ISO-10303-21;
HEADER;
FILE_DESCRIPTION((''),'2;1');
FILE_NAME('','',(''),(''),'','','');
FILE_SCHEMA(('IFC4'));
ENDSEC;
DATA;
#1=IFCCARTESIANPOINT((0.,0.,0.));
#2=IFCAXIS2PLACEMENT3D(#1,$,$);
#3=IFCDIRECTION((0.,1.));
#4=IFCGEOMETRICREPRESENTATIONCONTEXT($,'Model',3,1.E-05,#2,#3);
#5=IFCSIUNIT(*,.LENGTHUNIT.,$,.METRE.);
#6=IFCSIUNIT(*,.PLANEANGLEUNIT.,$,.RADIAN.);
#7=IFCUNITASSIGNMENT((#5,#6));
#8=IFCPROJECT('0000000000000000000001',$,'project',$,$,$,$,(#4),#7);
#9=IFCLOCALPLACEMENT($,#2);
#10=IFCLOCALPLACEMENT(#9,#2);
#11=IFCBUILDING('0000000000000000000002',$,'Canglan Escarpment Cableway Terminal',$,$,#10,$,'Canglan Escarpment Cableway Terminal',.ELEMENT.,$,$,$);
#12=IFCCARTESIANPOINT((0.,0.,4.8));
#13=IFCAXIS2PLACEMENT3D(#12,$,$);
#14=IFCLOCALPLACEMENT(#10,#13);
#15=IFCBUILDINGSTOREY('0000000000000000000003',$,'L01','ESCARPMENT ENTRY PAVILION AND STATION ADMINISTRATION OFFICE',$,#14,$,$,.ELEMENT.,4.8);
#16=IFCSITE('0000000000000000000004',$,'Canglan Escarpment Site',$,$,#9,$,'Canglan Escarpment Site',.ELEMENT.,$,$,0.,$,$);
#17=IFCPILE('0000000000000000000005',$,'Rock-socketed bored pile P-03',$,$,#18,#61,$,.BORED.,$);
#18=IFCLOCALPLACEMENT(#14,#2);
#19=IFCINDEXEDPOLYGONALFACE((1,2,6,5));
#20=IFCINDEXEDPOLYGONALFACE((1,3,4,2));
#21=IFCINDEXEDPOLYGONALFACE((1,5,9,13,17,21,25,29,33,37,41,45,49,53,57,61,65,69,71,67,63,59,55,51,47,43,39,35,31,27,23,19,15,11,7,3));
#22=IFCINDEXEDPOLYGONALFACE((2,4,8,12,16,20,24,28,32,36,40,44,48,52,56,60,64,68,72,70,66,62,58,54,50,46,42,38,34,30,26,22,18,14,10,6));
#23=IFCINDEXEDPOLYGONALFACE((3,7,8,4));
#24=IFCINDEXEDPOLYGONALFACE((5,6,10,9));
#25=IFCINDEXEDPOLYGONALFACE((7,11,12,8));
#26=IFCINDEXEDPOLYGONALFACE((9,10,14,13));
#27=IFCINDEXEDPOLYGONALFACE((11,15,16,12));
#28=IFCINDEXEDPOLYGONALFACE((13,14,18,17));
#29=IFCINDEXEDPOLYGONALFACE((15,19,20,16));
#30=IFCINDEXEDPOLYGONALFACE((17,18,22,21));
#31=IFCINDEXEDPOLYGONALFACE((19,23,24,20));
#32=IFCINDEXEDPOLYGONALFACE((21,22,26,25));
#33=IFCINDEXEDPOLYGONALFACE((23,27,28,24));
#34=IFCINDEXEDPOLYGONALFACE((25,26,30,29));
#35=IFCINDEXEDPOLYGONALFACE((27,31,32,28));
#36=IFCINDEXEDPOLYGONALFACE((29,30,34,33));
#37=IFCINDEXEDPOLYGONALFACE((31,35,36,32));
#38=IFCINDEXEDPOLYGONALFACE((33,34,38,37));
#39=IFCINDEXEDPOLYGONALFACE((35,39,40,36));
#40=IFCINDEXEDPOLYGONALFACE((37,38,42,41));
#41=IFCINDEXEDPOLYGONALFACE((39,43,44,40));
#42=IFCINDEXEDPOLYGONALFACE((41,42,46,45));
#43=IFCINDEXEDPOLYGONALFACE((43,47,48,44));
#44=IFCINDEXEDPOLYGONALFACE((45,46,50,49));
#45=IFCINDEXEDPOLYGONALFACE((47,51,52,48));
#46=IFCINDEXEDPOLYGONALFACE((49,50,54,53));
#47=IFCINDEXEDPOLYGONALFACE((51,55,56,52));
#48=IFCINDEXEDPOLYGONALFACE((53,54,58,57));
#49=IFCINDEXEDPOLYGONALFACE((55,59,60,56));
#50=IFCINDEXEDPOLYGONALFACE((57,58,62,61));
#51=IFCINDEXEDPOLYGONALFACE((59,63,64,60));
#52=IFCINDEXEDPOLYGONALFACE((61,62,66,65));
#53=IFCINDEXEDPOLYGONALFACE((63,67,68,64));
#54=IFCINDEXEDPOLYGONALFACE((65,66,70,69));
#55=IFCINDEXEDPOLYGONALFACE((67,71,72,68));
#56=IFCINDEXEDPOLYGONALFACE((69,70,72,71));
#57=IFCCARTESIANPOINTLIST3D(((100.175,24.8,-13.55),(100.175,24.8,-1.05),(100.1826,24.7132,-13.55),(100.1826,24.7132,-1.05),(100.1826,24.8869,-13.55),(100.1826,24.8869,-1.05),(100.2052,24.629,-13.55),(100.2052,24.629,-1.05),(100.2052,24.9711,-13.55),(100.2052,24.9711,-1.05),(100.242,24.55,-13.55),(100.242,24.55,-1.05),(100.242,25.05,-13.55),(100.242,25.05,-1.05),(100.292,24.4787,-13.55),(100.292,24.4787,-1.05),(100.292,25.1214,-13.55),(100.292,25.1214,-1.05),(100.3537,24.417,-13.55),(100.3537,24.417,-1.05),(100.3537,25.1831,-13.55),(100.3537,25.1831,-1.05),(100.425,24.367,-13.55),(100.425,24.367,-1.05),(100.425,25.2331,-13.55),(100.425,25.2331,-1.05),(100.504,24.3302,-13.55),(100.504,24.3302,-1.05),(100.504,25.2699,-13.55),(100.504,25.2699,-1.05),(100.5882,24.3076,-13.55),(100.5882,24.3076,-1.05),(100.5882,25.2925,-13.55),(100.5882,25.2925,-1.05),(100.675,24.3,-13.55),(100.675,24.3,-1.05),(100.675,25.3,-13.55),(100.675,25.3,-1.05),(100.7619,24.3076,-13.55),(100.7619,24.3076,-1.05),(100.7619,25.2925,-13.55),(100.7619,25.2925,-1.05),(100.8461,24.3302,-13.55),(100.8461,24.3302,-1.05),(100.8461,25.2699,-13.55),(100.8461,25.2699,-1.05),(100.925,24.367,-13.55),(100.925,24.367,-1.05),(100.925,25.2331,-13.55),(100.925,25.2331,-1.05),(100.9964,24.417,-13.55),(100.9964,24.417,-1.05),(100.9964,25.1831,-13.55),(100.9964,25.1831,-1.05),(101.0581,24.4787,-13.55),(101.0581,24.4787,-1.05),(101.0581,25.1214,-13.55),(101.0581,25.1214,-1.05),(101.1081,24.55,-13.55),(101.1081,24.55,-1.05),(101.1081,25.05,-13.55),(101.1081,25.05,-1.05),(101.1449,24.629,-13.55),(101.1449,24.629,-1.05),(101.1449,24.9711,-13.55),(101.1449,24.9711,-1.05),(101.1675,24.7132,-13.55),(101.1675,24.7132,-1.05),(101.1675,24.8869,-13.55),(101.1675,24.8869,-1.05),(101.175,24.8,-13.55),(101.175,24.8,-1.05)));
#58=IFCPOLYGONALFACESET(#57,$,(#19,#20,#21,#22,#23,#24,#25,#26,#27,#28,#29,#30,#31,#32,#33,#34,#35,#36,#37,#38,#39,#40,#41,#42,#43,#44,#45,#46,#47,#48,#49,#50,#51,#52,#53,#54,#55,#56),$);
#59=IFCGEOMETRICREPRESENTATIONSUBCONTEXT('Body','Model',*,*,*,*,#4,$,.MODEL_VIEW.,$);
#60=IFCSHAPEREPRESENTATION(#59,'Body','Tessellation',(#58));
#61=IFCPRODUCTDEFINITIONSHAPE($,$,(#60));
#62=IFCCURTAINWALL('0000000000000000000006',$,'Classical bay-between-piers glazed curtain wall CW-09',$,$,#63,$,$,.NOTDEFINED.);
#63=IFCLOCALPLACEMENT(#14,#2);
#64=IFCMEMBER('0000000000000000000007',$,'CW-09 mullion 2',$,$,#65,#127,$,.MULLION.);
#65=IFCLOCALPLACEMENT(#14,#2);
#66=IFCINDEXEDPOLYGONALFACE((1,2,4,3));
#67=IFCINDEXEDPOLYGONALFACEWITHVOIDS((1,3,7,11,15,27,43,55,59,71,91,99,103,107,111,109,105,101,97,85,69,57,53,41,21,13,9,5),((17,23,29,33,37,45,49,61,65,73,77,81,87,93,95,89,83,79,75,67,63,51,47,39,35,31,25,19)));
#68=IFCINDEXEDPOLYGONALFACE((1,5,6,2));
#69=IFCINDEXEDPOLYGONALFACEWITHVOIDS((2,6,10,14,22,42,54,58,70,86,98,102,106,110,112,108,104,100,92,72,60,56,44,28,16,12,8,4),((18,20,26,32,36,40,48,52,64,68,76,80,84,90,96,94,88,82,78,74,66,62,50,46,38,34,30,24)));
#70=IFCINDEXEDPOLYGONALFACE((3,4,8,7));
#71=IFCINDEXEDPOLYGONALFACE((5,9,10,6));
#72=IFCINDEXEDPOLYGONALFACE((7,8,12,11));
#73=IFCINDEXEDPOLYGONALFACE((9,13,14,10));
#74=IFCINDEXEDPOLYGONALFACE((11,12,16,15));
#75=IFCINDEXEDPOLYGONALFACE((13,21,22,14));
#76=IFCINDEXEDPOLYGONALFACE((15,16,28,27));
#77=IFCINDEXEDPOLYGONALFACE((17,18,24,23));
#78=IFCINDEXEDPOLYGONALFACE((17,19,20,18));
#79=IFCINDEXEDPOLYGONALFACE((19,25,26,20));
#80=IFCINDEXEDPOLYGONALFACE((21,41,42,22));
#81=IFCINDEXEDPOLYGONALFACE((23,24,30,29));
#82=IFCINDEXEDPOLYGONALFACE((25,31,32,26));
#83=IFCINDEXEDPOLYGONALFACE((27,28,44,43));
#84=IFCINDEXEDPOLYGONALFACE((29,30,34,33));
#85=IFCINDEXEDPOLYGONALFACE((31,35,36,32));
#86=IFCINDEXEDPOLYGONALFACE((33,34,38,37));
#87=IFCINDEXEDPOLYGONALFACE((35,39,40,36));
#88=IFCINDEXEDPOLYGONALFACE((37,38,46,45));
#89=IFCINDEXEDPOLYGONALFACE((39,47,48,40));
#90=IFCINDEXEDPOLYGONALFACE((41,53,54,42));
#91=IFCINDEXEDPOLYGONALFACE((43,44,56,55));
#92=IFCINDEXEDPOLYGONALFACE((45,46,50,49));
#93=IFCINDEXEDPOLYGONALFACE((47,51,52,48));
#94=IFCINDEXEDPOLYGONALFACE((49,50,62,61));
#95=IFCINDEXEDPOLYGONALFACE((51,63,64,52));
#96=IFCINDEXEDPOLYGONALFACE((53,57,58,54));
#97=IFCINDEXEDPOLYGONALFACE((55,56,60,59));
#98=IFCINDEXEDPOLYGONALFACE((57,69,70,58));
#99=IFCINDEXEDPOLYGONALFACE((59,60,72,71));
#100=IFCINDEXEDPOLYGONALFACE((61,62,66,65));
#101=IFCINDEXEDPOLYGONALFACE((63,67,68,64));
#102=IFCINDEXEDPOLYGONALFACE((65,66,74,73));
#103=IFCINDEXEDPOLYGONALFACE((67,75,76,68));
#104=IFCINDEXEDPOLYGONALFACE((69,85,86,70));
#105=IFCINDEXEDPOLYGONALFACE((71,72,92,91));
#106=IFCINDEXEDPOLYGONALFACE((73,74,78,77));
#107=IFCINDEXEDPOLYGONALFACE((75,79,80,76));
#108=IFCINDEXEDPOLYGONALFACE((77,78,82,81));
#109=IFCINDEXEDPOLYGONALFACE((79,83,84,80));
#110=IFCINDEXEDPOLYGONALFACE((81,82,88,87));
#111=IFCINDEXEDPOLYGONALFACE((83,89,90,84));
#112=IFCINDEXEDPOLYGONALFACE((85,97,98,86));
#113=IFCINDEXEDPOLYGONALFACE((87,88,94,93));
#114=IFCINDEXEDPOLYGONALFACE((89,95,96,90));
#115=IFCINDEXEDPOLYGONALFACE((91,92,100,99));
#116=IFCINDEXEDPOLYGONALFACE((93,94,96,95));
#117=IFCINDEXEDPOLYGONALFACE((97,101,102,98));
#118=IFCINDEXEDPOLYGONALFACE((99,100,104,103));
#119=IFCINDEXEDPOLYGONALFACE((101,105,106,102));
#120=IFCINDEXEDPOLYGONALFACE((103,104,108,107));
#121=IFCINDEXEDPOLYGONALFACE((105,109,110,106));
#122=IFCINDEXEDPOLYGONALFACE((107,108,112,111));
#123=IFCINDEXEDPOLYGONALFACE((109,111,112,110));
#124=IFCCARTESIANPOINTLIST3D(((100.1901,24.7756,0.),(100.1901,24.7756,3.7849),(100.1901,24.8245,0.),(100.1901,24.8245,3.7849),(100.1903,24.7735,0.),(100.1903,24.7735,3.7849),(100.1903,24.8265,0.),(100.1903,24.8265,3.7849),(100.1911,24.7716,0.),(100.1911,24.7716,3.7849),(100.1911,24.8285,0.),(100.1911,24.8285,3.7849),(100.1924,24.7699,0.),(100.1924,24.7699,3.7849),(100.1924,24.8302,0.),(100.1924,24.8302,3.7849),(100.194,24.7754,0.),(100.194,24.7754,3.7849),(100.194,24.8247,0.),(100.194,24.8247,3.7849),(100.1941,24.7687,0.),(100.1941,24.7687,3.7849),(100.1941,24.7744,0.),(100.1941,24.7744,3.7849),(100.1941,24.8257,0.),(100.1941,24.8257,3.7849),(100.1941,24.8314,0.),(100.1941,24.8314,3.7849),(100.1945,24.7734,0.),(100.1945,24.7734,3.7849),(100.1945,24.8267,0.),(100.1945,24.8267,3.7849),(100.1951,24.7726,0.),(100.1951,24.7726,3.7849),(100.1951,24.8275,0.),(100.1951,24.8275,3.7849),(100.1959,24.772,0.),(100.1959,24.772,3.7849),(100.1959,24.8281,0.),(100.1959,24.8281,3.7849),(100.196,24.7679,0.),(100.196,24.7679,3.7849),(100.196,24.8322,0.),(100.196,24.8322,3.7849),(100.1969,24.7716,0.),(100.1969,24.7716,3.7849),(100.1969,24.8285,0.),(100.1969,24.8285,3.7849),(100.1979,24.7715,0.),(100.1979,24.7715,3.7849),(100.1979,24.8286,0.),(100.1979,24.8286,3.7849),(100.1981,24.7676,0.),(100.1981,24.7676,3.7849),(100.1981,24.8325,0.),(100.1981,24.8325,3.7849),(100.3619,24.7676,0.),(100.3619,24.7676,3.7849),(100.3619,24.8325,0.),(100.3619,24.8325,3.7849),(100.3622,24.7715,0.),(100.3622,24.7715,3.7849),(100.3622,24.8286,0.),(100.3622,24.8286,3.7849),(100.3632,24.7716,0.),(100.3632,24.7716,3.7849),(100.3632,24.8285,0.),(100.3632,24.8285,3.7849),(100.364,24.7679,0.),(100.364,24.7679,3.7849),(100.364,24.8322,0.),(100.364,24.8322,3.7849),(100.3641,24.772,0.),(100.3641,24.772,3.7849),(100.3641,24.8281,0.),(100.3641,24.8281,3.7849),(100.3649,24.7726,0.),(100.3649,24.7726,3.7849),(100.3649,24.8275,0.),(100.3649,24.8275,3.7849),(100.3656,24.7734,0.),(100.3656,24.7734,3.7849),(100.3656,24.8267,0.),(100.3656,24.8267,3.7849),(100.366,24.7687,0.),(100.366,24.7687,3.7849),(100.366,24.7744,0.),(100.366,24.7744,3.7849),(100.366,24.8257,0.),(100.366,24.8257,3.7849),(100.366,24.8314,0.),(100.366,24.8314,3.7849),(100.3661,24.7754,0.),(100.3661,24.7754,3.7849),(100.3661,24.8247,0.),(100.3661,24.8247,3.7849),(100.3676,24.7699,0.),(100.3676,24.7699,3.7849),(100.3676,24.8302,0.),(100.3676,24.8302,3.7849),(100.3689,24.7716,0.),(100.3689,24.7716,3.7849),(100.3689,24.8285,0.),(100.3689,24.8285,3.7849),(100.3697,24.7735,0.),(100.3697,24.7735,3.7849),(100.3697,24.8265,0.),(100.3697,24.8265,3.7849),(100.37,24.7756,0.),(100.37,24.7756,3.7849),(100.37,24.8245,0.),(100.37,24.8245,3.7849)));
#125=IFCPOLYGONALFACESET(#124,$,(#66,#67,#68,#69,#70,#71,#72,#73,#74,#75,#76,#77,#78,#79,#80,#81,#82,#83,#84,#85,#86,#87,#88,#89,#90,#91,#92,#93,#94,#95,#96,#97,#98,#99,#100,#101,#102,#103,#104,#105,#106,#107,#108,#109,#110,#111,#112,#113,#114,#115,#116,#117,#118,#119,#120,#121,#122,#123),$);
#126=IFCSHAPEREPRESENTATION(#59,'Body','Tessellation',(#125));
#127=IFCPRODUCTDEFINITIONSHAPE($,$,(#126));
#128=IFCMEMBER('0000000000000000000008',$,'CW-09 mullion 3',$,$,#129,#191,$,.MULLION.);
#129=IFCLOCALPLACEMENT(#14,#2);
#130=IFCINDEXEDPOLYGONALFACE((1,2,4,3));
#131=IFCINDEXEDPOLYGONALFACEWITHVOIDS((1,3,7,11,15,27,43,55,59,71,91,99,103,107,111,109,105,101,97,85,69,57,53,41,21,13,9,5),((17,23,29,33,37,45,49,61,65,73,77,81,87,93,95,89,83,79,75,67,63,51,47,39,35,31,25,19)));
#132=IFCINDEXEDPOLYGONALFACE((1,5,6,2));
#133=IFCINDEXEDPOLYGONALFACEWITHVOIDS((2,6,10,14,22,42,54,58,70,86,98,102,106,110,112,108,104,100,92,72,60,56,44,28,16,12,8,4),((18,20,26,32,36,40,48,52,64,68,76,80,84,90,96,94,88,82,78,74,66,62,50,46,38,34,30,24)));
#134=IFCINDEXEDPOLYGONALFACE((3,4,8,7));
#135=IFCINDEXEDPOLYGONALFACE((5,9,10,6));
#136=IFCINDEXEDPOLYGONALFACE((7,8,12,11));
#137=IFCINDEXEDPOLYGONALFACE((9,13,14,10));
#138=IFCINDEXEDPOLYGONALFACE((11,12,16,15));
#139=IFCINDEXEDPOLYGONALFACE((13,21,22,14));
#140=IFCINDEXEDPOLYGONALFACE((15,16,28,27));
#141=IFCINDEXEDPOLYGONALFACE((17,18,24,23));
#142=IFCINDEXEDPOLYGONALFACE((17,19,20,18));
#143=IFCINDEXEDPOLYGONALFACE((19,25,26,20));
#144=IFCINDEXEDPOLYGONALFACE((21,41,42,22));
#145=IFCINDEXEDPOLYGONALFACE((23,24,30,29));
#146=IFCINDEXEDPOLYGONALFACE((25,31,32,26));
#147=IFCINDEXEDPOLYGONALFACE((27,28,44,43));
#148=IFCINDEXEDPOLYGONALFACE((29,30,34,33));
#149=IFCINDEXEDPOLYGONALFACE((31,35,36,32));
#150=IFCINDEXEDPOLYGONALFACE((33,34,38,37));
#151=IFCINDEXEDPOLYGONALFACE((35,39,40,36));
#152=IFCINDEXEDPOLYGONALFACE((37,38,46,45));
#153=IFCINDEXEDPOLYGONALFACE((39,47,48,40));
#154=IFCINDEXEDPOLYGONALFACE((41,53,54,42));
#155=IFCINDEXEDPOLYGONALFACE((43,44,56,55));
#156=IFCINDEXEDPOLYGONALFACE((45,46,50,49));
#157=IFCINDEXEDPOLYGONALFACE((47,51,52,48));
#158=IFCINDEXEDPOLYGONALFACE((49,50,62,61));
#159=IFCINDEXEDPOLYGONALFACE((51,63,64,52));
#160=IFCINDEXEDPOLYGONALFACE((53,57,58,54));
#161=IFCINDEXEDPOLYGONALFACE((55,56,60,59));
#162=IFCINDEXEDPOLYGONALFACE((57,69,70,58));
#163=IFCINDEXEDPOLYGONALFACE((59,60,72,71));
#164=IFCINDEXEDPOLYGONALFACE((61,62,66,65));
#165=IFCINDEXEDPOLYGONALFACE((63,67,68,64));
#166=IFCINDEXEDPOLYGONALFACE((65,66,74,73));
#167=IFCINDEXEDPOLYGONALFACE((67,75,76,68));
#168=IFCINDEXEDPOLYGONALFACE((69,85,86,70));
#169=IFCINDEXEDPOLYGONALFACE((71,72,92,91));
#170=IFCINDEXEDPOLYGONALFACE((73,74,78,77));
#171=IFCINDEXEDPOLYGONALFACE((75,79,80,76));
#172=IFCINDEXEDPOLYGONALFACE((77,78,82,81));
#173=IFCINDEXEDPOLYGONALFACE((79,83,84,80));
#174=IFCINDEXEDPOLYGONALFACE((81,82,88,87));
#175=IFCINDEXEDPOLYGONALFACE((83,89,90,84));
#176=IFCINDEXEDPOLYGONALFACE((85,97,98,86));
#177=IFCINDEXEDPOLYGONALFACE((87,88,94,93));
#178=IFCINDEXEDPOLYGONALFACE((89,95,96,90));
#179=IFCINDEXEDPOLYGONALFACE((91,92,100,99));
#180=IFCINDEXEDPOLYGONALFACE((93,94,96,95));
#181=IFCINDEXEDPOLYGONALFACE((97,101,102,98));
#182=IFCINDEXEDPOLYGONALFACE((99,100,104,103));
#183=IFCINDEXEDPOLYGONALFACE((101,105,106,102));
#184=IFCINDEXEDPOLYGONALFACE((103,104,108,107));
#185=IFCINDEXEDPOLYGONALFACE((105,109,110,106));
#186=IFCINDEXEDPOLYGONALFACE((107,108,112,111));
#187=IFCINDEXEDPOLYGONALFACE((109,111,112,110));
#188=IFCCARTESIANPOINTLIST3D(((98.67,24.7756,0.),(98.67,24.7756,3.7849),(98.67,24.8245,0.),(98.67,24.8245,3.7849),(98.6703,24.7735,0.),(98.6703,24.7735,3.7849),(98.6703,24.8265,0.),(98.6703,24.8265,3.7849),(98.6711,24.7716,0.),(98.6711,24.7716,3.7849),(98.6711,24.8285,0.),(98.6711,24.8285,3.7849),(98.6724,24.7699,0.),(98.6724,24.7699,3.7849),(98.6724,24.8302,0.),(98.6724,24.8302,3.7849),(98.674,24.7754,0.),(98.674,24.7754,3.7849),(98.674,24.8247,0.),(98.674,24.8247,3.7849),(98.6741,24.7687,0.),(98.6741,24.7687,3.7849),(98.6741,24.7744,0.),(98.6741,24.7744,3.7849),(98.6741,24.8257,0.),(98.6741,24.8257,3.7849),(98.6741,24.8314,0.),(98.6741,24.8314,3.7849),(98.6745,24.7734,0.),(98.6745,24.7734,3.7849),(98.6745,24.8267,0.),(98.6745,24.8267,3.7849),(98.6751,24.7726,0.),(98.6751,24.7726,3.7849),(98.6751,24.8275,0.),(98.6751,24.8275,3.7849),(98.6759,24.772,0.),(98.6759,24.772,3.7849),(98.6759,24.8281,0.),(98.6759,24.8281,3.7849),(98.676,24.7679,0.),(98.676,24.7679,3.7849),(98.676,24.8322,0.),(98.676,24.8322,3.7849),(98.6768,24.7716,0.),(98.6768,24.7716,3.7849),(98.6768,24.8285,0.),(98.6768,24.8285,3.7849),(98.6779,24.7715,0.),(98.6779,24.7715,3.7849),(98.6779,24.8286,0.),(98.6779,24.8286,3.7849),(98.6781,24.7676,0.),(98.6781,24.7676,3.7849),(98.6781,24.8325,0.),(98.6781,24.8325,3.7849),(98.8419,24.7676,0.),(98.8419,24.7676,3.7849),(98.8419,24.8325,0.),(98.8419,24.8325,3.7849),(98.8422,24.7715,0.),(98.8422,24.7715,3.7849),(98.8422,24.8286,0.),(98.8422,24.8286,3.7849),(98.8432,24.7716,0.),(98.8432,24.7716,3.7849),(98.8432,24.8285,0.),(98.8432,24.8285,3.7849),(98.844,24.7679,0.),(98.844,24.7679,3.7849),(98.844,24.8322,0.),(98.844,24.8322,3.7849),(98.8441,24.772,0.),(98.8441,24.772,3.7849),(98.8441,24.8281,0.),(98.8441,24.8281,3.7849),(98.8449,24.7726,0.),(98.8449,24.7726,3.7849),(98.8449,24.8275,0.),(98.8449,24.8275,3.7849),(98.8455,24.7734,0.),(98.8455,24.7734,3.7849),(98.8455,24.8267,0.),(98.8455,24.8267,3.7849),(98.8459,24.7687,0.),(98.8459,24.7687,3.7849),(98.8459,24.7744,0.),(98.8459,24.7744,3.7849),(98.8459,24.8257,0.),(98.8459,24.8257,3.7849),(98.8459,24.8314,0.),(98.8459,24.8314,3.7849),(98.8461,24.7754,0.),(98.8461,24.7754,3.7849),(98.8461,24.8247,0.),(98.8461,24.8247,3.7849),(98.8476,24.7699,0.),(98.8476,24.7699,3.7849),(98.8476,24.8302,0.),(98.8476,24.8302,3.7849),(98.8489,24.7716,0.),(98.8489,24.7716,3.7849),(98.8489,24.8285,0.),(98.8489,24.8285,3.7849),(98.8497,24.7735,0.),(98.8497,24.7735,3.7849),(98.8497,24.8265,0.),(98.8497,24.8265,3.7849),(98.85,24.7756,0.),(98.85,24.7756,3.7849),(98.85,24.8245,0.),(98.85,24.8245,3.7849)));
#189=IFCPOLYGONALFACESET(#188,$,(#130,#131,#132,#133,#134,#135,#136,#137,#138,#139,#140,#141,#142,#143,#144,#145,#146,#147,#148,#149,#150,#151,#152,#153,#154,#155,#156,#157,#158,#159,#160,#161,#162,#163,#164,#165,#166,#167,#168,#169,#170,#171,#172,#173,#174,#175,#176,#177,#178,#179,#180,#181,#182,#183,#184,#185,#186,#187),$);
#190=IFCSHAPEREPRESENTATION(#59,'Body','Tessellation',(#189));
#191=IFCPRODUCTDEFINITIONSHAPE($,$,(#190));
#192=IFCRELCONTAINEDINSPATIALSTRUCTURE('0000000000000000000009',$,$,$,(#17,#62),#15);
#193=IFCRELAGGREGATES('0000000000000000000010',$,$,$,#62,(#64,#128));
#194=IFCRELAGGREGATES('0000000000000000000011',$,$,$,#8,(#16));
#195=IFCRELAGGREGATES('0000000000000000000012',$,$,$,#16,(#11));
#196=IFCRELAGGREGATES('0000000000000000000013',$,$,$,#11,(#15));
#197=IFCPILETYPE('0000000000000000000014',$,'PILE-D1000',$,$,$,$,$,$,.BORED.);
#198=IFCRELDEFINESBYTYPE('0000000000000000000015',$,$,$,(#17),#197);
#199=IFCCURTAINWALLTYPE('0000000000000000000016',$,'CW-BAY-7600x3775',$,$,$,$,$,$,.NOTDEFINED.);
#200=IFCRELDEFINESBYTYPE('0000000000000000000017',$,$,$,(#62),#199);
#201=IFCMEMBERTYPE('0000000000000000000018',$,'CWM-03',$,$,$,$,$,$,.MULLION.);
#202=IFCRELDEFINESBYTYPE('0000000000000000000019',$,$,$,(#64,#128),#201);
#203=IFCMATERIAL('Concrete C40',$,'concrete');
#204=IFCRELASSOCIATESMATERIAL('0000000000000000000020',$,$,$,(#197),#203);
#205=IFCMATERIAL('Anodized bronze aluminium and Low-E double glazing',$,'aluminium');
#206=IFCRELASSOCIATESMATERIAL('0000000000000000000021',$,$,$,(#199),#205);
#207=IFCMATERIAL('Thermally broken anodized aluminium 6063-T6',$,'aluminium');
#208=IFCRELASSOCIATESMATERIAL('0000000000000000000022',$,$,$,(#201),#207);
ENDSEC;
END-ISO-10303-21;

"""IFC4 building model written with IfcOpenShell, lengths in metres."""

from ifc_helpers import new_model, si_unit, direction, frame, origin, origin_2d, place, context, subcontext, project, spatial, hollow_rectangle, circle, extrude, material, material_profile, profile_set, type_object, element, aggregate, save


model = new_model("IFC4")

# Units and contexts
model_context = context("Model", 3, precision=1e-05, world=origin(), true_north=direction((0.0, 1.0)))
body_context = subcontext(model_context, "Body", "Model", "MODEL_VIEW")
ifc_project = project(units=[si_unit("LENGTHUNIT", "METRE"), si_unit("PLANEANGLEUNIT", "RADIAN")], contexts=[model_context])

# Site, building, storey
site_placement = place(None, origin())
site = spatial("IfcSite", under=ifc_project, at=site_placement, Name="Canglan Escarpment Site", LongName="Canglan Escarpment Site", CompositionType="ELEMENT", RefElevation=0.0)
building_placement = place(site_placement, origin())
building = spatial("IfcBuilding", under=site, at=building_placement, Name="Canglan Escarpment Cableway Terminal", LongName="Canglan Escarpment Cableway Terminal", CompositionType="ELEMENT")
storey_placement = place(building_placement, frame((0.0, 0.0, 4.8)))
storey = spatial("IfcBuildingStorey", under=building, at=storey_placement, Name="L01", Description="ESCARPMENT ENTRY PAVILION AND STATION ADMINISTRATION OFFICE", CompositionType="ELEMENT", Elevation=4.8)

# Pile
ifc_material_1 = material(Name="Concrete C40", Category="concrete")
ifc_material_profile_1 = material_profile(ifc_material_1, circle(Radius=0.5, at=origin_2d()), Name="BORED PILE D1000")
ifc_profile_set_1 = profile_set([ifc_material_profile_1], Name="Concrete C40")
pile_type = type_object("IfcPileType", Name="PILE-D1000", PredefinedType="BORED", material=ifc_profile_set_1)
pile_placement = place(storey_placement, frame((100.675, 24.8, -1.05), z_axis=(0.0, 0.0, -1.0), x_axis=(1.0, 0.0, 0.0)))
element("IfcPile", 1, at=pile_placement, inside=storey, type_object=pile_type, Name="Rock-socketed bored pile P-03", PredefinedType="BORED", context=body_context, shape_type="SweptSolid", body=[
    extrude(circle(Radius=0.5, at=origin_2d()), origin(), (0.0, 0.0, 1.0), 12.5),
])

# Curtain wall, members
ifc_material_2 = material(Name="Anodized bronze aluminium and Low-E double glazing", Category="aluminium")
curtain_wall_type = type_object("IfcCurtainWallType", Name="CW-BAY-7600x3775", PredefinedType="NOTDEFINED", material=ifc_material_2)
curtain_wall_placement = place(storey_placement, origin())
curtain_wall = element("IfcCurtainWall", 2, at=curtain_wall_placement, inside=storey, type_object=curtain_wall_type, Name="Classical bay-between-piers glazed curtain wall CW-09", PredefinedType="NOTDEFINED")
ifc_material_3 = material(Name="Thermally broken anodized aluminium 6063-T6", Category="aluminium")
ifc_material_profile_2 = material_profile(ifc_material_3, hollow_rectangle(XDim=0.0649, YDim=0.1799, WallThickness=0.0039, InnerFilletRadius=0.0039, OuterFilletRadius=0.0081, at=origin_2d()), Name="ALU-MULL 65x180x4")
ifc_profile_set_2 = profile_set([ifc_material_profile_2], Name="Thermally broken anodized aluminium 6063-T6")
member_type_1 = type_object("IfcMemberType", Name="CWM-03", PredefinedType="MULLION", material=ifc_profile_set_2)
member_1_placement = place(storey_placement, frame((100.28, 24.8, 0.0), z_axis=(0.0, 0.0, 1.0), x_axis=(0.0, -1.0, 0.0)))
member_1 = element("IfcMember", 3, at=member_1_placement, type_object=member_type_1, Name="CW-09 mullion 2", PredefinedType="MULLION", context=body_context, shape_type="SweptSolid", body=[
    extrude(hollow_rectangle(XDim=0.0649, YDim=0.1799, WallThickness=0.0039, InnerFilletRadius=0.0039, OuterFilletRadius=0.0081, at=origin_2d()), origin(), (0.0, 0.0, 1.0), 3.7849),
])
member_2_placement = place(storey_placement, frame((98.76, 24.8, 0.0), z_axis=(0.0, 0.0, 1.0), x_axis=(0.0, -1.0, 0.0)))
member_2 = element("IfcMember", 4, at=member_2_placement, type_object=member_type_1, Name="CW-09 mullion 3", PredefinedType="MULLION", context=body_context, shape_type="SweptSolid", body=[
    extrude(hollow_rectangle(XDim=0.0649, YDim=0.1799, WallThickness=0.0039, InnerFilletRadius=0.0039, OuterFilletRadius=0.0081, at=origin_2d()), origin(), (0.0, 0.0, 1.0), 3.7849),
])
aggregate(curtain_wall, [member_1, member_2])

save(model, "model.ifc")
